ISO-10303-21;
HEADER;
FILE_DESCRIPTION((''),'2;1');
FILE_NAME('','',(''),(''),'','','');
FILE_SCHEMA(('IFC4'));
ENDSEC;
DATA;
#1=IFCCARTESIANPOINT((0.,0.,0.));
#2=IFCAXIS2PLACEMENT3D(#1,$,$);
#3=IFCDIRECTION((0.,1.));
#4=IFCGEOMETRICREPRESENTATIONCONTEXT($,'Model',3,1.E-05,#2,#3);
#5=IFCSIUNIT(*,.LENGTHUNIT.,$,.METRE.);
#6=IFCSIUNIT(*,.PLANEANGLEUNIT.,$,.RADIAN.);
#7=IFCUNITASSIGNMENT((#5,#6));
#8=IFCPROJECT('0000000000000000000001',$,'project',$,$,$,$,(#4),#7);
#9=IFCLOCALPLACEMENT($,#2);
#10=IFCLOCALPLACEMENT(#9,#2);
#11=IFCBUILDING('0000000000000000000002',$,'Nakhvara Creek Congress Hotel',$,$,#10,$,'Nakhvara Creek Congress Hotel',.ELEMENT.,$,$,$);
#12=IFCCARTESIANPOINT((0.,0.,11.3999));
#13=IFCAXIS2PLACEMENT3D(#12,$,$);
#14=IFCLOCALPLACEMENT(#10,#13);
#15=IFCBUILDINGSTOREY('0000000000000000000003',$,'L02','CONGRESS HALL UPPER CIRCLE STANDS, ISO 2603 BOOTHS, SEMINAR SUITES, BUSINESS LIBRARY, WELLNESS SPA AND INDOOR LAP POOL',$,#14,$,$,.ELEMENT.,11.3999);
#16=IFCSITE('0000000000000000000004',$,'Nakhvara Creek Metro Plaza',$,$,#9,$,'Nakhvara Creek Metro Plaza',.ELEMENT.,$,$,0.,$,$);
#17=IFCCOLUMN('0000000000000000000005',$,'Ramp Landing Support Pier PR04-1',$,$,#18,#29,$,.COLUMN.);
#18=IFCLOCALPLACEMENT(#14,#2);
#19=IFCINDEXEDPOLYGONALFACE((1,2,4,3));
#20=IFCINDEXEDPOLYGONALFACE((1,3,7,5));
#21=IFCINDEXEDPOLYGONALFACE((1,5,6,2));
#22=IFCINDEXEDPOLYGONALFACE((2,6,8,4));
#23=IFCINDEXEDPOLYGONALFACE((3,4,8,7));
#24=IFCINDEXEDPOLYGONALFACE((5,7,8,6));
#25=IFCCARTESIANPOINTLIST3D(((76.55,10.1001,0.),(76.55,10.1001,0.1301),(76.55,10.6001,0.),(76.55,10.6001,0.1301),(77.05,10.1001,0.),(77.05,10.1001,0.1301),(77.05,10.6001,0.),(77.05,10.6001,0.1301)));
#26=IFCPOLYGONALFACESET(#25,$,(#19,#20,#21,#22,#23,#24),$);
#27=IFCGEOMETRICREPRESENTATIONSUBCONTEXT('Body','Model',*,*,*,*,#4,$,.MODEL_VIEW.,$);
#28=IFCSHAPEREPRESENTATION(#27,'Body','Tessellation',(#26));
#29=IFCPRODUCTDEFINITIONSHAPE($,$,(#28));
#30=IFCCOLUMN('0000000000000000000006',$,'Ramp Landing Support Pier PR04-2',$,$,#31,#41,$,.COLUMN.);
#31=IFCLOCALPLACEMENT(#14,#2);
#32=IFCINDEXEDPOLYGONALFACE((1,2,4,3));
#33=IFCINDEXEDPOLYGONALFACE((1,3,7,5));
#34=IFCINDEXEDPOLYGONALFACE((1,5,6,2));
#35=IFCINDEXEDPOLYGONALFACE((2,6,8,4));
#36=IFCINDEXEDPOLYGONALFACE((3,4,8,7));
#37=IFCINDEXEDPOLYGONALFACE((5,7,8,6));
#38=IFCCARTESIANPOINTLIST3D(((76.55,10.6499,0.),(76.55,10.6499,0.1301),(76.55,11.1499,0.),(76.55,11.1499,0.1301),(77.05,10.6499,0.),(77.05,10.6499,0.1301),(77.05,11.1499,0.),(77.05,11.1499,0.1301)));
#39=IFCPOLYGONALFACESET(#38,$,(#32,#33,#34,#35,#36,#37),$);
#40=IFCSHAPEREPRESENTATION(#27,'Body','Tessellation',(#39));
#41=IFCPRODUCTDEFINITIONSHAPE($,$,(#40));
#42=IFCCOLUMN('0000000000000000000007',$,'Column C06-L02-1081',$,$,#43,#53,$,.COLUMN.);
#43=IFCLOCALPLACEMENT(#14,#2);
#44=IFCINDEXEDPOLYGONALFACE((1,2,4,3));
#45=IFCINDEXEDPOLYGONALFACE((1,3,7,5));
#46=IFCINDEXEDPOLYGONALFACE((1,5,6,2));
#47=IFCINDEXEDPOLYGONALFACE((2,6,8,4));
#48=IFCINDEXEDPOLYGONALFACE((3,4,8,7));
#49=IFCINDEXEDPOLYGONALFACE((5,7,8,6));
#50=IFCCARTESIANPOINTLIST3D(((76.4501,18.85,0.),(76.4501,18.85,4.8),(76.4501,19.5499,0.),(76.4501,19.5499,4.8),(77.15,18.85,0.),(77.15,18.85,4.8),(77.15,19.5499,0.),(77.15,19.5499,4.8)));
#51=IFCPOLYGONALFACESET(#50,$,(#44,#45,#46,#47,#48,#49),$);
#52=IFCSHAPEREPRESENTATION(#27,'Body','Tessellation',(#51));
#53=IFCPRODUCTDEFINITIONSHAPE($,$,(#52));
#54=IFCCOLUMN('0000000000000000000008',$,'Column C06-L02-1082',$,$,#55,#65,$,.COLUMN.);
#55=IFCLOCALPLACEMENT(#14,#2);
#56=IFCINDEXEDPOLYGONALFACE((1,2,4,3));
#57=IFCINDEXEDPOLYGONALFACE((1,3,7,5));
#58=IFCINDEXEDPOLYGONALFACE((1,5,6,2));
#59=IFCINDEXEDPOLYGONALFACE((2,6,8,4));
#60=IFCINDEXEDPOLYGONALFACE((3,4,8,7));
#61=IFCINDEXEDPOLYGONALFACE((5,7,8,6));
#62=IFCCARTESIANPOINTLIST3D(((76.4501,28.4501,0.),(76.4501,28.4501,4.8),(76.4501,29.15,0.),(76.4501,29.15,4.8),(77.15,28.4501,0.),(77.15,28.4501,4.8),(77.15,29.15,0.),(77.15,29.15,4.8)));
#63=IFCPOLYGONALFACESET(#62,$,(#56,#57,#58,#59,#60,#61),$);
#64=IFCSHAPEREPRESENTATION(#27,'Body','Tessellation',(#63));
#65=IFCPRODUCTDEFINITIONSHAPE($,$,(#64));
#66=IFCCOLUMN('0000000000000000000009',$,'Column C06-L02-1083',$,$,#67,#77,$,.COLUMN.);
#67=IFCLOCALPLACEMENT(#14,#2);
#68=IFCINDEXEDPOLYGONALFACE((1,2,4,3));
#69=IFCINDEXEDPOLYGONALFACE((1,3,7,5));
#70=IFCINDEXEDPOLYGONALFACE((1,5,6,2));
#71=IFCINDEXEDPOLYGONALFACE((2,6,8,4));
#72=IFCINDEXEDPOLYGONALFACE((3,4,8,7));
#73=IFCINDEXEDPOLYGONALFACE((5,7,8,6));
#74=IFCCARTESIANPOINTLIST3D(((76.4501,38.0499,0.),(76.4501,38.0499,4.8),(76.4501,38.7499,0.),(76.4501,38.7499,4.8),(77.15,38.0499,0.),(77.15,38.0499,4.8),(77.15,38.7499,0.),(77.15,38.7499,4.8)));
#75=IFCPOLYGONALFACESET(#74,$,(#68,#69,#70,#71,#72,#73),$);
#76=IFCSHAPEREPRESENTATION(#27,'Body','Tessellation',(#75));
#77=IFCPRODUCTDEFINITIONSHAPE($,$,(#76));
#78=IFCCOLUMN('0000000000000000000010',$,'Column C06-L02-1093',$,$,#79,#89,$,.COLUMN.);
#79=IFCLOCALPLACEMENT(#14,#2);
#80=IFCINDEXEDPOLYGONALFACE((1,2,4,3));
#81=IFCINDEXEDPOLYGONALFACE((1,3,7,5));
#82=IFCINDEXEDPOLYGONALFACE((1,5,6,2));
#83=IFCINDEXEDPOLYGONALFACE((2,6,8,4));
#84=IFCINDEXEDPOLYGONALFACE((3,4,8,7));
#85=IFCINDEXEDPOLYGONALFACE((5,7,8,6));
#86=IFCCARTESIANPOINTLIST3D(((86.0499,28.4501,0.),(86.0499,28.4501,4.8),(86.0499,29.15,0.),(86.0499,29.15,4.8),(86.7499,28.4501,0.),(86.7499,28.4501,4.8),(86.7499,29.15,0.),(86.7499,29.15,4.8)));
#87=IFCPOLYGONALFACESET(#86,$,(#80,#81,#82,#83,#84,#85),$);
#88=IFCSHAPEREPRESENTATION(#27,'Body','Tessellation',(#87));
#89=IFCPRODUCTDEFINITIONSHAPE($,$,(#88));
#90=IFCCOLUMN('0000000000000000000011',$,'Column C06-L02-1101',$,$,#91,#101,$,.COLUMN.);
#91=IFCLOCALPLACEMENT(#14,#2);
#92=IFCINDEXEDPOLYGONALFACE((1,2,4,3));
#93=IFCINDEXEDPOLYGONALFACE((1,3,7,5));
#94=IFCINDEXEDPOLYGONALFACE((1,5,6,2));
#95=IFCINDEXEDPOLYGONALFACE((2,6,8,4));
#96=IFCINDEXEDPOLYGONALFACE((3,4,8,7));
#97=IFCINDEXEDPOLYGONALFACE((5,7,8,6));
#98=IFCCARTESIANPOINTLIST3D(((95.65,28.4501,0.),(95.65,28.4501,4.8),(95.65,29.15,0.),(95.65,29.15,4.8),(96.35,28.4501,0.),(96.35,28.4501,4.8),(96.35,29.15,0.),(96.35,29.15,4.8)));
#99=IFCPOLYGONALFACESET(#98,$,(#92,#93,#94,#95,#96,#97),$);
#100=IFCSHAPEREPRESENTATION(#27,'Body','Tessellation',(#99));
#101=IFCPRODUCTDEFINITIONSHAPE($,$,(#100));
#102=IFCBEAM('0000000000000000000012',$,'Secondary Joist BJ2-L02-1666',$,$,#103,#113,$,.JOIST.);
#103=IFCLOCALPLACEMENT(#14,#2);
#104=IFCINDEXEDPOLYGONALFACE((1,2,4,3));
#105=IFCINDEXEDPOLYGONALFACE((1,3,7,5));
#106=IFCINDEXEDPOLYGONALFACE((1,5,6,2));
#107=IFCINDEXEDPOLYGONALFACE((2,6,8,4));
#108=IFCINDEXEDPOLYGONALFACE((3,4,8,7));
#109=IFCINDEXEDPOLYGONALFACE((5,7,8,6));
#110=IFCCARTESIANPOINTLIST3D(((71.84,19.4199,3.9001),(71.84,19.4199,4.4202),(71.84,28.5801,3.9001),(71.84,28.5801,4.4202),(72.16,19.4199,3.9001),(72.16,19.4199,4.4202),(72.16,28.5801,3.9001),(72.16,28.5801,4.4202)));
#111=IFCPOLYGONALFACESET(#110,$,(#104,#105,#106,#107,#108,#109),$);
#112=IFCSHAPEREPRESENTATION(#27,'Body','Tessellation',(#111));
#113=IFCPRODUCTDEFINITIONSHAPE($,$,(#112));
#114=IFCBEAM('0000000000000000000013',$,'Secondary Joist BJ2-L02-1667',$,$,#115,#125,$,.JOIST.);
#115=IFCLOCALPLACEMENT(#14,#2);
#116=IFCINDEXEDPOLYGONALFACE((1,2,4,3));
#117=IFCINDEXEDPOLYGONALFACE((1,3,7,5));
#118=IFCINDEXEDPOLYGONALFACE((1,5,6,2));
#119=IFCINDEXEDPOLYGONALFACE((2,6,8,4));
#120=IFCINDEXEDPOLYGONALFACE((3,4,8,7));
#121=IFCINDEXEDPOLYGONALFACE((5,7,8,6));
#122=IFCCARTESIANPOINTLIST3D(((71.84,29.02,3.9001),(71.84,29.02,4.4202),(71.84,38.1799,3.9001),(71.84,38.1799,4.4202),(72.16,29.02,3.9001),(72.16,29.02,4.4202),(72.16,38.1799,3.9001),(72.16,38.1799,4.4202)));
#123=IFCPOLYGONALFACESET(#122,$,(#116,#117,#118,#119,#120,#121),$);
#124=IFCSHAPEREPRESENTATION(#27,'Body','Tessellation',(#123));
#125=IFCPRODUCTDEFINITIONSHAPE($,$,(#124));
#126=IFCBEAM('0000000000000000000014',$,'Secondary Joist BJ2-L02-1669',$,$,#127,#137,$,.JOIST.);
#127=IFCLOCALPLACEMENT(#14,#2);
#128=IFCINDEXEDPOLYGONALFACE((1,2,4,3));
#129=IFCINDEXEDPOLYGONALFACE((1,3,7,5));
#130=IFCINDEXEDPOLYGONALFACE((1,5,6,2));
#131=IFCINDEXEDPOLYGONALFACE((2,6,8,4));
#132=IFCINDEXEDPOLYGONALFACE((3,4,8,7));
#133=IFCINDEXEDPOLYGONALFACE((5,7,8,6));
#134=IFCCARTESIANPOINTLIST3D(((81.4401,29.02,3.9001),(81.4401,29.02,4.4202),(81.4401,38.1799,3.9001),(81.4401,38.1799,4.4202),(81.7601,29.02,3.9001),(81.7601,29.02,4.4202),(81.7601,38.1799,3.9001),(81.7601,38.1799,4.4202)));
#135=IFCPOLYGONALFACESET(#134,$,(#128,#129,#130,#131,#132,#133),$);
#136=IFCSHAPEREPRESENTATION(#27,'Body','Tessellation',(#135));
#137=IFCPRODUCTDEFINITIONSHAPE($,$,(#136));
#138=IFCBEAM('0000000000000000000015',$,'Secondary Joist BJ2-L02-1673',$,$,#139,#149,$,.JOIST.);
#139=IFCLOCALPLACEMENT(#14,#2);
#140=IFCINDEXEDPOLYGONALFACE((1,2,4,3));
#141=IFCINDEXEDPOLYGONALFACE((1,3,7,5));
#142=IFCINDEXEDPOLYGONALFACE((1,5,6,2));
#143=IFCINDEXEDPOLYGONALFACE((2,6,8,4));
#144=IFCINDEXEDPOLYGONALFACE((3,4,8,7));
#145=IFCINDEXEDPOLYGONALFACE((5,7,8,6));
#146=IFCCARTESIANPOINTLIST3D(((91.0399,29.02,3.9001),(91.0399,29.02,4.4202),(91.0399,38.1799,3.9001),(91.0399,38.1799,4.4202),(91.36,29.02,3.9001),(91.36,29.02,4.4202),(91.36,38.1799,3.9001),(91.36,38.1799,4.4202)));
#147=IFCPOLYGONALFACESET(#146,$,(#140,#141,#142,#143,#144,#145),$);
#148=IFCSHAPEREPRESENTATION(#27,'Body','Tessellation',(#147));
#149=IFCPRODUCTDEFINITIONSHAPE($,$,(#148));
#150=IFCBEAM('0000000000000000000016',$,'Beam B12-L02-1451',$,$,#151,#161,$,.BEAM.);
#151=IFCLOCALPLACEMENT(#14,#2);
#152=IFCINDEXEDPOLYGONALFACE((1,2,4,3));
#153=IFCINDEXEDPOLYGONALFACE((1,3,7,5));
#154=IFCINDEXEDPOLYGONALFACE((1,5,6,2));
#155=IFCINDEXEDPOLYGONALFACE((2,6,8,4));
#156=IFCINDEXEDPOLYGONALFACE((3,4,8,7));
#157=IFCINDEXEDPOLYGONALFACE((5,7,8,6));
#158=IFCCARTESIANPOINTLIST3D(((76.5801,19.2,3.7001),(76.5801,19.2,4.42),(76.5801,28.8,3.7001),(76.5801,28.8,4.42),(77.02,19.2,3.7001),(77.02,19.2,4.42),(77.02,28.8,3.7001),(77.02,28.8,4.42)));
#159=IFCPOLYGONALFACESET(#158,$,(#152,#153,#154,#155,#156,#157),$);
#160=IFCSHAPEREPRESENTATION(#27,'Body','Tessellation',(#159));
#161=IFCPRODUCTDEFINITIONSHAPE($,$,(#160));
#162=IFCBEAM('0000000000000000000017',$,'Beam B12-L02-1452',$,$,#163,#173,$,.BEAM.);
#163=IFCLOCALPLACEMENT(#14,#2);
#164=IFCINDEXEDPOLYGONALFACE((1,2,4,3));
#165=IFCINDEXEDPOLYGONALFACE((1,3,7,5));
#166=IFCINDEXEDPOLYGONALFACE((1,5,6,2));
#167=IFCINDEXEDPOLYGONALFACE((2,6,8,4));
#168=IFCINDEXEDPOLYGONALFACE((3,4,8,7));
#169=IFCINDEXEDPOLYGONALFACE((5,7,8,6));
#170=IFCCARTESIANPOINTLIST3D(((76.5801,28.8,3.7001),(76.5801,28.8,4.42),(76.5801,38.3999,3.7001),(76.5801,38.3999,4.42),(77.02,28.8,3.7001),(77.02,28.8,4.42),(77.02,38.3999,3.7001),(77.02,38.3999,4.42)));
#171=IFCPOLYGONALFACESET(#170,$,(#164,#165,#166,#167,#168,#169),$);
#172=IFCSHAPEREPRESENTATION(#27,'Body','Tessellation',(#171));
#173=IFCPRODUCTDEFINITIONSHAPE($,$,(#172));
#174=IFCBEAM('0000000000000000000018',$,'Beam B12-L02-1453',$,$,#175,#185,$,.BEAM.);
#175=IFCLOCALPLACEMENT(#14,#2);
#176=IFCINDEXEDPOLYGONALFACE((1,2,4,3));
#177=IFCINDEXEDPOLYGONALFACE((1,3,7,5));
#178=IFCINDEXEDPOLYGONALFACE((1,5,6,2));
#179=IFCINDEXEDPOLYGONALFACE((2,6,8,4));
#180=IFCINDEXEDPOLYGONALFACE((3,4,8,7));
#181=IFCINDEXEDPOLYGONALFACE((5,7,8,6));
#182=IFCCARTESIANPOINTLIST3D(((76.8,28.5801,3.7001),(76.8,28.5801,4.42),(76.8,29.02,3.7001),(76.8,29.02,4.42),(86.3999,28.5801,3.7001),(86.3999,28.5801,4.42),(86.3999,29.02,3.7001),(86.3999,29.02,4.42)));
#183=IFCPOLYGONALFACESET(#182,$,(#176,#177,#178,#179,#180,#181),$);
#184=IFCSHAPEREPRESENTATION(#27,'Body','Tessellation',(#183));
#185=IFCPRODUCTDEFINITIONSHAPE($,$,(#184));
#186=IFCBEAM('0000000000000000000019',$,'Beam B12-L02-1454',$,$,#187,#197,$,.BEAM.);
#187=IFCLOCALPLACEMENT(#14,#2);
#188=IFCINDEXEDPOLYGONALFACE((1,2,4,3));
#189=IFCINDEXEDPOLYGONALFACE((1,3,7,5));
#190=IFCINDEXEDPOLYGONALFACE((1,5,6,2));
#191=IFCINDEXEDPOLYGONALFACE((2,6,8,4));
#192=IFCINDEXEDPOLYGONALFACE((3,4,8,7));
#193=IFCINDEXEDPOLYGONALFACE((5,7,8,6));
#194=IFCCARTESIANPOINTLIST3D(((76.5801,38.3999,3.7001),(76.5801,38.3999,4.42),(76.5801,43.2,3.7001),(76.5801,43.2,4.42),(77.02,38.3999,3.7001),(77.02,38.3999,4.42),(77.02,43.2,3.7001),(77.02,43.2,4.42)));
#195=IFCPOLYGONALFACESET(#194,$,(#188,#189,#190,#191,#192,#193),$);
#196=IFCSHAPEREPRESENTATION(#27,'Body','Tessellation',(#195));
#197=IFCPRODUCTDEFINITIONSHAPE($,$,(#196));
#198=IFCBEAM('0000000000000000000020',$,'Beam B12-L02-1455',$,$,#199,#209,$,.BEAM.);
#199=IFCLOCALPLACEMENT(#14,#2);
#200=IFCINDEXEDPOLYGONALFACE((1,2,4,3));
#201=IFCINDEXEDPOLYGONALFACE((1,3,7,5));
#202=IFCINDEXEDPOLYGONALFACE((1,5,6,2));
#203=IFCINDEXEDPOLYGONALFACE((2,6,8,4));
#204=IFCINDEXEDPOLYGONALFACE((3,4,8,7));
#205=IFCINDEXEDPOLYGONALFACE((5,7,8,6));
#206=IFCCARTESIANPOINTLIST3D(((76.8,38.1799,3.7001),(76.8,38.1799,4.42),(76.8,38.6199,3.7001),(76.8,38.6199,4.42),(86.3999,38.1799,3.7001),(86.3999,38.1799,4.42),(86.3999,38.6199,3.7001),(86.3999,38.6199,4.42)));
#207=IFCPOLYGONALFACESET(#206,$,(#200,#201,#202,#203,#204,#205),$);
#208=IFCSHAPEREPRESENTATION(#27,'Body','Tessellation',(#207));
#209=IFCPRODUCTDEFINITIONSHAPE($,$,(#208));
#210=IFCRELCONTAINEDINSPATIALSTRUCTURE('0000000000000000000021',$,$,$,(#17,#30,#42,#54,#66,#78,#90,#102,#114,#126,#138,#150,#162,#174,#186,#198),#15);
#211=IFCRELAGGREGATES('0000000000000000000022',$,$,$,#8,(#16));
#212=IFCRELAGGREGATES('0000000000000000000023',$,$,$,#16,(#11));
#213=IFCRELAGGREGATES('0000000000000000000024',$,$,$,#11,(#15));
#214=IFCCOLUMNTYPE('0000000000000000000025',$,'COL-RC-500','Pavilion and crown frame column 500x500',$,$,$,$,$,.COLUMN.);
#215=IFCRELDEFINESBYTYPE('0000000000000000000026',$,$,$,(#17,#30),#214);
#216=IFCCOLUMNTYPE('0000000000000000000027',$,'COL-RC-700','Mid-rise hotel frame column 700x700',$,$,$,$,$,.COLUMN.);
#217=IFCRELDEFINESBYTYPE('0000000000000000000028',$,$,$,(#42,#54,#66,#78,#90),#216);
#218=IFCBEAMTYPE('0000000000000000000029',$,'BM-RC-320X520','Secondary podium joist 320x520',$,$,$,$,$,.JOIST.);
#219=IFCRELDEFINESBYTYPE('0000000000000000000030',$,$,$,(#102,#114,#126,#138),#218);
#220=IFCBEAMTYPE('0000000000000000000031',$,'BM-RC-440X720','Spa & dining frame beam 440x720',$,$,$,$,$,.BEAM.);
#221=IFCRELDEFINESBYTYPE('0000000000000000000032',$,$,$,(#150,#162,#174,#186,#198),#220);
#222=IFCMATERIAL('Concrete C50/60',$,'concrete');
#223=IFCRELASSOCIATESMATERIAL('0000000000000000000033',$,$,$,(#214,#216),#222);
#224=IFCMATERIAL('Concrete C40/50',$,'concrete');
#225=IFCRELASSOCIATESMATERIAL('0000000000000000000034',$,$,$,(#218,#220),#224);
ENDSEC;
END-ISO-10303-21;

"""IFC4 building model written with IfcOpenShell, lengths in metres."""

from ifc_helpers import new_model, si_unit, direction, frame, origin, origin_2d, place, context, subcontext, project, spatial, rectangle, extrude, material, material_profile, profile_set, type_object, element, save


model = new_model("IFC4")

# Units and contexts
model_context = context("Model", 3, precision=1e-05, world=origin(), true_north=direction((0.0, 1.0)))
body_context = subcontext(model_context, "Body", "Model", "MODEL_VIEW")
ifc_project = project(units=[si_unit("LENGTHUNIT", "METRE"), si_unit("PLANEANGLEUNIT", "RADIAN")], contexts=[model_context])

# Site, building, storey
site_placement = place(None, origin())
site = spatial("IfcSite", under=ifc_project, at=site_placement, Name="Nakhvara Creek Metro Plaza", LongName="Nakhvara Creek Metro Plaza", CompositionType="ELEMENT", RefElevation=0.0)
building_placement = place(site_placement, origin())
building = spatial("IfcBuilding", under=site, at=building_placement, Name="Nakhvara Creek Congress Hotel", LongName="Nakhvara Creek Congress Hotel", CompositionType="ELEMENT")
storey_placement = place(building_placement, frame((0.0, 0.0, 11.3999)))
storey = spatial("IfcBuildingStorey", under=building, at=storey_placement, Name="L02", Description="CONGRESS HALL UPPER CIRCLE STANDS, ISO 2603 BOOTHS, SEMINAR SUITES, BUSINESS LIBRARY, WELLNESS SPA AND INDOOR LAP POOL", CompositionType="ELEMENT", Elevation=11.3999)

# Columns
ifc_material_1 = material(Name="Concrete C50/60", Category="concrete")
ifc_material_profile_1 = material_profile(ifc_material_1, rectangle(XDim=0.5, YDim=0.5, at=origin_2d()), Name="RC-COL 500x500", Category="LoadBearing")
ifc_profile_set_1 = profile_set([ifc_material_profile_1], Name="Concrete C50/60")
column_type_1 = type_object("IfcColumnType", Name="COL-RC-500", Description="Pavilion and crown frame column 500x500", PredefinedType="COLUMN", material=ifc_profile_set_1)
for number, where, z_axis, x_axis, name in (
    (1, (76.8, 10.3501, 0.0), (0.0, 0.0, 1.0), (1.0, 0.0, 0.0), "Ramp Landing Support Pier PR04-1"),
    (2, (76.8, 10.8999, 0.0), (0.0, 0.0, 1.0), (1.0, 0.0, 0.0), "Ramp Landing Support Pier PR04-2"),
):
    element("IfcColumn", number, at=place(storey_placement, frame(where, z_axis=z_axis, x_axis=x_axis)), inside=storey, type_object=column_type_1, Name=name, PredefinedType="COLUMN", context=body_context, shape_type="SweptSolid", body=[
        extrude(rectangle(XDim=0.5, YDim=0.5, at=origin_2d()), origin(), (0.0, 0.0, 1.0), 0.1301),
    ])
ifc_material_profile_2 = material_profile(ifc_material_1, rectangle(XDim=0.7, YDim=0.7, at=origin_2d()), Name="RC-COL 700x700", Category="LoadBearing")
ifc_profile_set_2 = profile_set([ifc_material_profile_2], Name="Concrete C50/60")
column_type_2 = type_object("IfcColumnType", Name="COL-RC-700", Description="Mid-rise hotel frame column 700x700", PredefinedType="COLUMN", material=ifc_profile_set_2)
for number, where, z_axis, x_axis, name in (
    (3, (76.8, 19.2, 0.0), (0.0, 0.0, 1.0), (1.0, 0.0, 0.0), "Column C06-L02-1081"),
    (4, (76.8, 28.8, 0.0), (0.0, 0.0, 1.0), (1.0, 0.0, 0.0), "Column C06-L02-1082"),
    (5, (76.8, 38.3999, 0.0), (0.0, 0.0, 1.0), (1.0, 0.0, 0.0), "Column C06-L02-1083"),
    (6, (86.3999, 28.8, 0.0), (0.0, 0.0, 1.0), (1.0, 0.0, 0.0), "Column C06-L02-1093"),
    (7, (96.0, 28.8, 0.0), (0.0, 0.0, 1.0), (1.0, 0.0, 0.0), "Column C06-L02-1101"),
):
    element("IfcColumn", number, at=place(storey_placement, frame(where, z_axis=z_axis, x_axis=x_axis)), inside=storey, type_object=column_type_2, Name=name, PredefinedType="COLUMN", context=body_context, shape_type="SweptSolid", body=[
        extrude(rectangle(XDim=0.7, YDim=0.7, at=origin_2d()), origin(), (0.0, 0.0, 1.0), 4.8),
    ])

# Beams
ifc_material_2 = material(Name="Concrete C40/50", Category="concrete")
ifc_material_profile_3 = material_profile(ifc_material_2, rectangle(XDim=0.3201, YDim=0.52, at=origin_2d()), Name="RC-BM 320x520", Category="LoadBearing")
ifc_profile_set_3 = profile_set([ifc_material_profile_3], Name="Concrete C40/50")
beam_type_1 = type_object("IfcBeamType", Name="BM-RC-320X520", Description="Secondary podium joist 320x520", PredefinedType="JOIST", material=ifc_profile_set_3)
beam_1_placement = place(storey_placement, frame((72.0, 19.4199, 4.1602), z_axis=(0.0, 1.0, 0.0), x_axis=(-1.0, 0.0, 0.0)))
element("IfcBeam", 8, at=beam_1_placement, inside=storey, type_object=beam_type_1, Name="Secondary Joist BJ2-L02-1666", PredefinedType="JOIST", context=body_context, shape_type="SweptSolid", body=[
    extrude(rectangle(XDim=0.3201, YDim=0.52, at=origin_2d()), origin(), (0.0, 0.0, 1.0), 9.1602),
])
for number, where, z_axis, x_axis, name in (
    (9, (72.0, 29.02, 4.1602), (0.0, 1.0, 0.0), (-1.0, 0.0, 0.0), "Secondary Joist BJ2-L02-1667"),
    (10, (81.6001, 29.02, 4.1602), (0.0, 1.0, 0.0), (-1.0, 0.0, 0.0), "Secondary Joist BJ2-L02-1669"),
    (11, (91.2, 29.02, 4.1602), (0.0, 1.0, 0.0), (-1.0, 0.0, 0.0), "Secondary Joist BJ2-L02-1673"),
):
    element("IfcBeam", number, at=place(storey_placement, frame(where, z_axis=z_axis, x_axis=x_axis)), inside=storey, type_object=beam_type_1, Name=name, PredefinedType="JOIST", context=body_context, shape_type="SweptSolid", body=[
        extrude(rectangle(XDim=0.3201, YDim=0.52, at=origin_2d()), origin(), (0.0, 0.0, 1.0), 9.1599),
    ])
ifc_material_profile_4 = material_profile(ifc_material_2, rectangle(XDim=0.4399, YDim=0.72, at=origin_2d()), Name="RC-BM 440x720", Category="LoadBearing")
ifc_profile_set_4 = profile_set([ifc_material_profile_4], Name="Concrete C40/50")
beam_type_2 = type_object("IfcBeamType", Name="BM-RC-440X720", Description="Spa & dining frame beam 440x720", PredefinedType="BEAM", material=ifc_profile_set_4)
beam_2_placement = place(storey_placement, frame((76.8, 19.2, 4.0601), z_axis=(0.0, 1.0, 0.0), x_axis=(-1.0, 0.0, 0.0)))
element("IfcBeam", 12, at=beam_2_placement, inside=storey, type_object=beam_type_2, Name="Beam B12-L02-1451", PredefinedType="BEAM", context=body_context, shape_type="SweptSolid", body=[
    extrude(rectangle(XDim=0.4399, YDim=0.72, at=origin_2d()), origin(), (0.0, 0.0, 1.0), 9.6001),
])
for number, where, z_axis, x_axis, name in (
    (13, (76.8, 28.8, 4.0601), (0.0, 1.0, 0.0), (-1.0, 0.0, 0.0), "Beam B12-L02-1452"),
    (14, (76.8, 28.8, 4.0601), (1.0, 0.0, 0.0), (0.0, 1.0, 0.0), "Beam B12-L02-1453"),
):
    element("IfcBeam", number, at=place(storey_placement, frame(where, z_axis=z_axis, x_axis=x_axis)), inside=storey, type_object=beam_type_2, Name=name, PredefinedType="BEAM", context=body_context, shape_type="SweptSolid", body=[
        extrude(rectangle(XDim=0.4399, YDim=0.72, at=origin_2d()), origin(), (0.0, 0.0, 1.0), 9.5999),
    ])
beam_3_placement = place(storey_placement, frame((76.8, 38.3999, 4.0601), z_axis=(0.0, 1.0, 0.0), x_axis=(-1.0, 0.0, 0.0)))
element("IfcBeam", 15, at=beam_3_placement, inside=storey, type_object=beam_type_2, Name="Beam B12-L02-1454", PredefinedType="BEAM", context=body_context, shape_type="SweptSolid", body=[
    extrude(rectangle(XDim=0.4399, YDim=0.72, at=origin_2d()), origin(), (0.0, 0.0, 1.0), 4.8),
])
for number, where, z_axis, x_axis, name in (
    (16, (76.8, 38.3999, 4.0601), (1.0, 0.0, 0.0), (0.0, 1.0, 0.0), "Beam B12-L02-1455"),
):
    element("IfcBeam", number, at=place(storey_placement, frame(where, z_axis=z_axis, x_axis=x_axis)), inside=storey, type_object=beam_type_2, Name=name, PredefinedType="BEAM", context=body_context, shape_type="SweptSolid", body=[
        extrude(rectangle(XDim=0.4399, YDim=0.72, at=origin_2d()), origin(), (0.0, 0.0, 1.0), 9.5999),
    ])

save(model, "model.ifc")
